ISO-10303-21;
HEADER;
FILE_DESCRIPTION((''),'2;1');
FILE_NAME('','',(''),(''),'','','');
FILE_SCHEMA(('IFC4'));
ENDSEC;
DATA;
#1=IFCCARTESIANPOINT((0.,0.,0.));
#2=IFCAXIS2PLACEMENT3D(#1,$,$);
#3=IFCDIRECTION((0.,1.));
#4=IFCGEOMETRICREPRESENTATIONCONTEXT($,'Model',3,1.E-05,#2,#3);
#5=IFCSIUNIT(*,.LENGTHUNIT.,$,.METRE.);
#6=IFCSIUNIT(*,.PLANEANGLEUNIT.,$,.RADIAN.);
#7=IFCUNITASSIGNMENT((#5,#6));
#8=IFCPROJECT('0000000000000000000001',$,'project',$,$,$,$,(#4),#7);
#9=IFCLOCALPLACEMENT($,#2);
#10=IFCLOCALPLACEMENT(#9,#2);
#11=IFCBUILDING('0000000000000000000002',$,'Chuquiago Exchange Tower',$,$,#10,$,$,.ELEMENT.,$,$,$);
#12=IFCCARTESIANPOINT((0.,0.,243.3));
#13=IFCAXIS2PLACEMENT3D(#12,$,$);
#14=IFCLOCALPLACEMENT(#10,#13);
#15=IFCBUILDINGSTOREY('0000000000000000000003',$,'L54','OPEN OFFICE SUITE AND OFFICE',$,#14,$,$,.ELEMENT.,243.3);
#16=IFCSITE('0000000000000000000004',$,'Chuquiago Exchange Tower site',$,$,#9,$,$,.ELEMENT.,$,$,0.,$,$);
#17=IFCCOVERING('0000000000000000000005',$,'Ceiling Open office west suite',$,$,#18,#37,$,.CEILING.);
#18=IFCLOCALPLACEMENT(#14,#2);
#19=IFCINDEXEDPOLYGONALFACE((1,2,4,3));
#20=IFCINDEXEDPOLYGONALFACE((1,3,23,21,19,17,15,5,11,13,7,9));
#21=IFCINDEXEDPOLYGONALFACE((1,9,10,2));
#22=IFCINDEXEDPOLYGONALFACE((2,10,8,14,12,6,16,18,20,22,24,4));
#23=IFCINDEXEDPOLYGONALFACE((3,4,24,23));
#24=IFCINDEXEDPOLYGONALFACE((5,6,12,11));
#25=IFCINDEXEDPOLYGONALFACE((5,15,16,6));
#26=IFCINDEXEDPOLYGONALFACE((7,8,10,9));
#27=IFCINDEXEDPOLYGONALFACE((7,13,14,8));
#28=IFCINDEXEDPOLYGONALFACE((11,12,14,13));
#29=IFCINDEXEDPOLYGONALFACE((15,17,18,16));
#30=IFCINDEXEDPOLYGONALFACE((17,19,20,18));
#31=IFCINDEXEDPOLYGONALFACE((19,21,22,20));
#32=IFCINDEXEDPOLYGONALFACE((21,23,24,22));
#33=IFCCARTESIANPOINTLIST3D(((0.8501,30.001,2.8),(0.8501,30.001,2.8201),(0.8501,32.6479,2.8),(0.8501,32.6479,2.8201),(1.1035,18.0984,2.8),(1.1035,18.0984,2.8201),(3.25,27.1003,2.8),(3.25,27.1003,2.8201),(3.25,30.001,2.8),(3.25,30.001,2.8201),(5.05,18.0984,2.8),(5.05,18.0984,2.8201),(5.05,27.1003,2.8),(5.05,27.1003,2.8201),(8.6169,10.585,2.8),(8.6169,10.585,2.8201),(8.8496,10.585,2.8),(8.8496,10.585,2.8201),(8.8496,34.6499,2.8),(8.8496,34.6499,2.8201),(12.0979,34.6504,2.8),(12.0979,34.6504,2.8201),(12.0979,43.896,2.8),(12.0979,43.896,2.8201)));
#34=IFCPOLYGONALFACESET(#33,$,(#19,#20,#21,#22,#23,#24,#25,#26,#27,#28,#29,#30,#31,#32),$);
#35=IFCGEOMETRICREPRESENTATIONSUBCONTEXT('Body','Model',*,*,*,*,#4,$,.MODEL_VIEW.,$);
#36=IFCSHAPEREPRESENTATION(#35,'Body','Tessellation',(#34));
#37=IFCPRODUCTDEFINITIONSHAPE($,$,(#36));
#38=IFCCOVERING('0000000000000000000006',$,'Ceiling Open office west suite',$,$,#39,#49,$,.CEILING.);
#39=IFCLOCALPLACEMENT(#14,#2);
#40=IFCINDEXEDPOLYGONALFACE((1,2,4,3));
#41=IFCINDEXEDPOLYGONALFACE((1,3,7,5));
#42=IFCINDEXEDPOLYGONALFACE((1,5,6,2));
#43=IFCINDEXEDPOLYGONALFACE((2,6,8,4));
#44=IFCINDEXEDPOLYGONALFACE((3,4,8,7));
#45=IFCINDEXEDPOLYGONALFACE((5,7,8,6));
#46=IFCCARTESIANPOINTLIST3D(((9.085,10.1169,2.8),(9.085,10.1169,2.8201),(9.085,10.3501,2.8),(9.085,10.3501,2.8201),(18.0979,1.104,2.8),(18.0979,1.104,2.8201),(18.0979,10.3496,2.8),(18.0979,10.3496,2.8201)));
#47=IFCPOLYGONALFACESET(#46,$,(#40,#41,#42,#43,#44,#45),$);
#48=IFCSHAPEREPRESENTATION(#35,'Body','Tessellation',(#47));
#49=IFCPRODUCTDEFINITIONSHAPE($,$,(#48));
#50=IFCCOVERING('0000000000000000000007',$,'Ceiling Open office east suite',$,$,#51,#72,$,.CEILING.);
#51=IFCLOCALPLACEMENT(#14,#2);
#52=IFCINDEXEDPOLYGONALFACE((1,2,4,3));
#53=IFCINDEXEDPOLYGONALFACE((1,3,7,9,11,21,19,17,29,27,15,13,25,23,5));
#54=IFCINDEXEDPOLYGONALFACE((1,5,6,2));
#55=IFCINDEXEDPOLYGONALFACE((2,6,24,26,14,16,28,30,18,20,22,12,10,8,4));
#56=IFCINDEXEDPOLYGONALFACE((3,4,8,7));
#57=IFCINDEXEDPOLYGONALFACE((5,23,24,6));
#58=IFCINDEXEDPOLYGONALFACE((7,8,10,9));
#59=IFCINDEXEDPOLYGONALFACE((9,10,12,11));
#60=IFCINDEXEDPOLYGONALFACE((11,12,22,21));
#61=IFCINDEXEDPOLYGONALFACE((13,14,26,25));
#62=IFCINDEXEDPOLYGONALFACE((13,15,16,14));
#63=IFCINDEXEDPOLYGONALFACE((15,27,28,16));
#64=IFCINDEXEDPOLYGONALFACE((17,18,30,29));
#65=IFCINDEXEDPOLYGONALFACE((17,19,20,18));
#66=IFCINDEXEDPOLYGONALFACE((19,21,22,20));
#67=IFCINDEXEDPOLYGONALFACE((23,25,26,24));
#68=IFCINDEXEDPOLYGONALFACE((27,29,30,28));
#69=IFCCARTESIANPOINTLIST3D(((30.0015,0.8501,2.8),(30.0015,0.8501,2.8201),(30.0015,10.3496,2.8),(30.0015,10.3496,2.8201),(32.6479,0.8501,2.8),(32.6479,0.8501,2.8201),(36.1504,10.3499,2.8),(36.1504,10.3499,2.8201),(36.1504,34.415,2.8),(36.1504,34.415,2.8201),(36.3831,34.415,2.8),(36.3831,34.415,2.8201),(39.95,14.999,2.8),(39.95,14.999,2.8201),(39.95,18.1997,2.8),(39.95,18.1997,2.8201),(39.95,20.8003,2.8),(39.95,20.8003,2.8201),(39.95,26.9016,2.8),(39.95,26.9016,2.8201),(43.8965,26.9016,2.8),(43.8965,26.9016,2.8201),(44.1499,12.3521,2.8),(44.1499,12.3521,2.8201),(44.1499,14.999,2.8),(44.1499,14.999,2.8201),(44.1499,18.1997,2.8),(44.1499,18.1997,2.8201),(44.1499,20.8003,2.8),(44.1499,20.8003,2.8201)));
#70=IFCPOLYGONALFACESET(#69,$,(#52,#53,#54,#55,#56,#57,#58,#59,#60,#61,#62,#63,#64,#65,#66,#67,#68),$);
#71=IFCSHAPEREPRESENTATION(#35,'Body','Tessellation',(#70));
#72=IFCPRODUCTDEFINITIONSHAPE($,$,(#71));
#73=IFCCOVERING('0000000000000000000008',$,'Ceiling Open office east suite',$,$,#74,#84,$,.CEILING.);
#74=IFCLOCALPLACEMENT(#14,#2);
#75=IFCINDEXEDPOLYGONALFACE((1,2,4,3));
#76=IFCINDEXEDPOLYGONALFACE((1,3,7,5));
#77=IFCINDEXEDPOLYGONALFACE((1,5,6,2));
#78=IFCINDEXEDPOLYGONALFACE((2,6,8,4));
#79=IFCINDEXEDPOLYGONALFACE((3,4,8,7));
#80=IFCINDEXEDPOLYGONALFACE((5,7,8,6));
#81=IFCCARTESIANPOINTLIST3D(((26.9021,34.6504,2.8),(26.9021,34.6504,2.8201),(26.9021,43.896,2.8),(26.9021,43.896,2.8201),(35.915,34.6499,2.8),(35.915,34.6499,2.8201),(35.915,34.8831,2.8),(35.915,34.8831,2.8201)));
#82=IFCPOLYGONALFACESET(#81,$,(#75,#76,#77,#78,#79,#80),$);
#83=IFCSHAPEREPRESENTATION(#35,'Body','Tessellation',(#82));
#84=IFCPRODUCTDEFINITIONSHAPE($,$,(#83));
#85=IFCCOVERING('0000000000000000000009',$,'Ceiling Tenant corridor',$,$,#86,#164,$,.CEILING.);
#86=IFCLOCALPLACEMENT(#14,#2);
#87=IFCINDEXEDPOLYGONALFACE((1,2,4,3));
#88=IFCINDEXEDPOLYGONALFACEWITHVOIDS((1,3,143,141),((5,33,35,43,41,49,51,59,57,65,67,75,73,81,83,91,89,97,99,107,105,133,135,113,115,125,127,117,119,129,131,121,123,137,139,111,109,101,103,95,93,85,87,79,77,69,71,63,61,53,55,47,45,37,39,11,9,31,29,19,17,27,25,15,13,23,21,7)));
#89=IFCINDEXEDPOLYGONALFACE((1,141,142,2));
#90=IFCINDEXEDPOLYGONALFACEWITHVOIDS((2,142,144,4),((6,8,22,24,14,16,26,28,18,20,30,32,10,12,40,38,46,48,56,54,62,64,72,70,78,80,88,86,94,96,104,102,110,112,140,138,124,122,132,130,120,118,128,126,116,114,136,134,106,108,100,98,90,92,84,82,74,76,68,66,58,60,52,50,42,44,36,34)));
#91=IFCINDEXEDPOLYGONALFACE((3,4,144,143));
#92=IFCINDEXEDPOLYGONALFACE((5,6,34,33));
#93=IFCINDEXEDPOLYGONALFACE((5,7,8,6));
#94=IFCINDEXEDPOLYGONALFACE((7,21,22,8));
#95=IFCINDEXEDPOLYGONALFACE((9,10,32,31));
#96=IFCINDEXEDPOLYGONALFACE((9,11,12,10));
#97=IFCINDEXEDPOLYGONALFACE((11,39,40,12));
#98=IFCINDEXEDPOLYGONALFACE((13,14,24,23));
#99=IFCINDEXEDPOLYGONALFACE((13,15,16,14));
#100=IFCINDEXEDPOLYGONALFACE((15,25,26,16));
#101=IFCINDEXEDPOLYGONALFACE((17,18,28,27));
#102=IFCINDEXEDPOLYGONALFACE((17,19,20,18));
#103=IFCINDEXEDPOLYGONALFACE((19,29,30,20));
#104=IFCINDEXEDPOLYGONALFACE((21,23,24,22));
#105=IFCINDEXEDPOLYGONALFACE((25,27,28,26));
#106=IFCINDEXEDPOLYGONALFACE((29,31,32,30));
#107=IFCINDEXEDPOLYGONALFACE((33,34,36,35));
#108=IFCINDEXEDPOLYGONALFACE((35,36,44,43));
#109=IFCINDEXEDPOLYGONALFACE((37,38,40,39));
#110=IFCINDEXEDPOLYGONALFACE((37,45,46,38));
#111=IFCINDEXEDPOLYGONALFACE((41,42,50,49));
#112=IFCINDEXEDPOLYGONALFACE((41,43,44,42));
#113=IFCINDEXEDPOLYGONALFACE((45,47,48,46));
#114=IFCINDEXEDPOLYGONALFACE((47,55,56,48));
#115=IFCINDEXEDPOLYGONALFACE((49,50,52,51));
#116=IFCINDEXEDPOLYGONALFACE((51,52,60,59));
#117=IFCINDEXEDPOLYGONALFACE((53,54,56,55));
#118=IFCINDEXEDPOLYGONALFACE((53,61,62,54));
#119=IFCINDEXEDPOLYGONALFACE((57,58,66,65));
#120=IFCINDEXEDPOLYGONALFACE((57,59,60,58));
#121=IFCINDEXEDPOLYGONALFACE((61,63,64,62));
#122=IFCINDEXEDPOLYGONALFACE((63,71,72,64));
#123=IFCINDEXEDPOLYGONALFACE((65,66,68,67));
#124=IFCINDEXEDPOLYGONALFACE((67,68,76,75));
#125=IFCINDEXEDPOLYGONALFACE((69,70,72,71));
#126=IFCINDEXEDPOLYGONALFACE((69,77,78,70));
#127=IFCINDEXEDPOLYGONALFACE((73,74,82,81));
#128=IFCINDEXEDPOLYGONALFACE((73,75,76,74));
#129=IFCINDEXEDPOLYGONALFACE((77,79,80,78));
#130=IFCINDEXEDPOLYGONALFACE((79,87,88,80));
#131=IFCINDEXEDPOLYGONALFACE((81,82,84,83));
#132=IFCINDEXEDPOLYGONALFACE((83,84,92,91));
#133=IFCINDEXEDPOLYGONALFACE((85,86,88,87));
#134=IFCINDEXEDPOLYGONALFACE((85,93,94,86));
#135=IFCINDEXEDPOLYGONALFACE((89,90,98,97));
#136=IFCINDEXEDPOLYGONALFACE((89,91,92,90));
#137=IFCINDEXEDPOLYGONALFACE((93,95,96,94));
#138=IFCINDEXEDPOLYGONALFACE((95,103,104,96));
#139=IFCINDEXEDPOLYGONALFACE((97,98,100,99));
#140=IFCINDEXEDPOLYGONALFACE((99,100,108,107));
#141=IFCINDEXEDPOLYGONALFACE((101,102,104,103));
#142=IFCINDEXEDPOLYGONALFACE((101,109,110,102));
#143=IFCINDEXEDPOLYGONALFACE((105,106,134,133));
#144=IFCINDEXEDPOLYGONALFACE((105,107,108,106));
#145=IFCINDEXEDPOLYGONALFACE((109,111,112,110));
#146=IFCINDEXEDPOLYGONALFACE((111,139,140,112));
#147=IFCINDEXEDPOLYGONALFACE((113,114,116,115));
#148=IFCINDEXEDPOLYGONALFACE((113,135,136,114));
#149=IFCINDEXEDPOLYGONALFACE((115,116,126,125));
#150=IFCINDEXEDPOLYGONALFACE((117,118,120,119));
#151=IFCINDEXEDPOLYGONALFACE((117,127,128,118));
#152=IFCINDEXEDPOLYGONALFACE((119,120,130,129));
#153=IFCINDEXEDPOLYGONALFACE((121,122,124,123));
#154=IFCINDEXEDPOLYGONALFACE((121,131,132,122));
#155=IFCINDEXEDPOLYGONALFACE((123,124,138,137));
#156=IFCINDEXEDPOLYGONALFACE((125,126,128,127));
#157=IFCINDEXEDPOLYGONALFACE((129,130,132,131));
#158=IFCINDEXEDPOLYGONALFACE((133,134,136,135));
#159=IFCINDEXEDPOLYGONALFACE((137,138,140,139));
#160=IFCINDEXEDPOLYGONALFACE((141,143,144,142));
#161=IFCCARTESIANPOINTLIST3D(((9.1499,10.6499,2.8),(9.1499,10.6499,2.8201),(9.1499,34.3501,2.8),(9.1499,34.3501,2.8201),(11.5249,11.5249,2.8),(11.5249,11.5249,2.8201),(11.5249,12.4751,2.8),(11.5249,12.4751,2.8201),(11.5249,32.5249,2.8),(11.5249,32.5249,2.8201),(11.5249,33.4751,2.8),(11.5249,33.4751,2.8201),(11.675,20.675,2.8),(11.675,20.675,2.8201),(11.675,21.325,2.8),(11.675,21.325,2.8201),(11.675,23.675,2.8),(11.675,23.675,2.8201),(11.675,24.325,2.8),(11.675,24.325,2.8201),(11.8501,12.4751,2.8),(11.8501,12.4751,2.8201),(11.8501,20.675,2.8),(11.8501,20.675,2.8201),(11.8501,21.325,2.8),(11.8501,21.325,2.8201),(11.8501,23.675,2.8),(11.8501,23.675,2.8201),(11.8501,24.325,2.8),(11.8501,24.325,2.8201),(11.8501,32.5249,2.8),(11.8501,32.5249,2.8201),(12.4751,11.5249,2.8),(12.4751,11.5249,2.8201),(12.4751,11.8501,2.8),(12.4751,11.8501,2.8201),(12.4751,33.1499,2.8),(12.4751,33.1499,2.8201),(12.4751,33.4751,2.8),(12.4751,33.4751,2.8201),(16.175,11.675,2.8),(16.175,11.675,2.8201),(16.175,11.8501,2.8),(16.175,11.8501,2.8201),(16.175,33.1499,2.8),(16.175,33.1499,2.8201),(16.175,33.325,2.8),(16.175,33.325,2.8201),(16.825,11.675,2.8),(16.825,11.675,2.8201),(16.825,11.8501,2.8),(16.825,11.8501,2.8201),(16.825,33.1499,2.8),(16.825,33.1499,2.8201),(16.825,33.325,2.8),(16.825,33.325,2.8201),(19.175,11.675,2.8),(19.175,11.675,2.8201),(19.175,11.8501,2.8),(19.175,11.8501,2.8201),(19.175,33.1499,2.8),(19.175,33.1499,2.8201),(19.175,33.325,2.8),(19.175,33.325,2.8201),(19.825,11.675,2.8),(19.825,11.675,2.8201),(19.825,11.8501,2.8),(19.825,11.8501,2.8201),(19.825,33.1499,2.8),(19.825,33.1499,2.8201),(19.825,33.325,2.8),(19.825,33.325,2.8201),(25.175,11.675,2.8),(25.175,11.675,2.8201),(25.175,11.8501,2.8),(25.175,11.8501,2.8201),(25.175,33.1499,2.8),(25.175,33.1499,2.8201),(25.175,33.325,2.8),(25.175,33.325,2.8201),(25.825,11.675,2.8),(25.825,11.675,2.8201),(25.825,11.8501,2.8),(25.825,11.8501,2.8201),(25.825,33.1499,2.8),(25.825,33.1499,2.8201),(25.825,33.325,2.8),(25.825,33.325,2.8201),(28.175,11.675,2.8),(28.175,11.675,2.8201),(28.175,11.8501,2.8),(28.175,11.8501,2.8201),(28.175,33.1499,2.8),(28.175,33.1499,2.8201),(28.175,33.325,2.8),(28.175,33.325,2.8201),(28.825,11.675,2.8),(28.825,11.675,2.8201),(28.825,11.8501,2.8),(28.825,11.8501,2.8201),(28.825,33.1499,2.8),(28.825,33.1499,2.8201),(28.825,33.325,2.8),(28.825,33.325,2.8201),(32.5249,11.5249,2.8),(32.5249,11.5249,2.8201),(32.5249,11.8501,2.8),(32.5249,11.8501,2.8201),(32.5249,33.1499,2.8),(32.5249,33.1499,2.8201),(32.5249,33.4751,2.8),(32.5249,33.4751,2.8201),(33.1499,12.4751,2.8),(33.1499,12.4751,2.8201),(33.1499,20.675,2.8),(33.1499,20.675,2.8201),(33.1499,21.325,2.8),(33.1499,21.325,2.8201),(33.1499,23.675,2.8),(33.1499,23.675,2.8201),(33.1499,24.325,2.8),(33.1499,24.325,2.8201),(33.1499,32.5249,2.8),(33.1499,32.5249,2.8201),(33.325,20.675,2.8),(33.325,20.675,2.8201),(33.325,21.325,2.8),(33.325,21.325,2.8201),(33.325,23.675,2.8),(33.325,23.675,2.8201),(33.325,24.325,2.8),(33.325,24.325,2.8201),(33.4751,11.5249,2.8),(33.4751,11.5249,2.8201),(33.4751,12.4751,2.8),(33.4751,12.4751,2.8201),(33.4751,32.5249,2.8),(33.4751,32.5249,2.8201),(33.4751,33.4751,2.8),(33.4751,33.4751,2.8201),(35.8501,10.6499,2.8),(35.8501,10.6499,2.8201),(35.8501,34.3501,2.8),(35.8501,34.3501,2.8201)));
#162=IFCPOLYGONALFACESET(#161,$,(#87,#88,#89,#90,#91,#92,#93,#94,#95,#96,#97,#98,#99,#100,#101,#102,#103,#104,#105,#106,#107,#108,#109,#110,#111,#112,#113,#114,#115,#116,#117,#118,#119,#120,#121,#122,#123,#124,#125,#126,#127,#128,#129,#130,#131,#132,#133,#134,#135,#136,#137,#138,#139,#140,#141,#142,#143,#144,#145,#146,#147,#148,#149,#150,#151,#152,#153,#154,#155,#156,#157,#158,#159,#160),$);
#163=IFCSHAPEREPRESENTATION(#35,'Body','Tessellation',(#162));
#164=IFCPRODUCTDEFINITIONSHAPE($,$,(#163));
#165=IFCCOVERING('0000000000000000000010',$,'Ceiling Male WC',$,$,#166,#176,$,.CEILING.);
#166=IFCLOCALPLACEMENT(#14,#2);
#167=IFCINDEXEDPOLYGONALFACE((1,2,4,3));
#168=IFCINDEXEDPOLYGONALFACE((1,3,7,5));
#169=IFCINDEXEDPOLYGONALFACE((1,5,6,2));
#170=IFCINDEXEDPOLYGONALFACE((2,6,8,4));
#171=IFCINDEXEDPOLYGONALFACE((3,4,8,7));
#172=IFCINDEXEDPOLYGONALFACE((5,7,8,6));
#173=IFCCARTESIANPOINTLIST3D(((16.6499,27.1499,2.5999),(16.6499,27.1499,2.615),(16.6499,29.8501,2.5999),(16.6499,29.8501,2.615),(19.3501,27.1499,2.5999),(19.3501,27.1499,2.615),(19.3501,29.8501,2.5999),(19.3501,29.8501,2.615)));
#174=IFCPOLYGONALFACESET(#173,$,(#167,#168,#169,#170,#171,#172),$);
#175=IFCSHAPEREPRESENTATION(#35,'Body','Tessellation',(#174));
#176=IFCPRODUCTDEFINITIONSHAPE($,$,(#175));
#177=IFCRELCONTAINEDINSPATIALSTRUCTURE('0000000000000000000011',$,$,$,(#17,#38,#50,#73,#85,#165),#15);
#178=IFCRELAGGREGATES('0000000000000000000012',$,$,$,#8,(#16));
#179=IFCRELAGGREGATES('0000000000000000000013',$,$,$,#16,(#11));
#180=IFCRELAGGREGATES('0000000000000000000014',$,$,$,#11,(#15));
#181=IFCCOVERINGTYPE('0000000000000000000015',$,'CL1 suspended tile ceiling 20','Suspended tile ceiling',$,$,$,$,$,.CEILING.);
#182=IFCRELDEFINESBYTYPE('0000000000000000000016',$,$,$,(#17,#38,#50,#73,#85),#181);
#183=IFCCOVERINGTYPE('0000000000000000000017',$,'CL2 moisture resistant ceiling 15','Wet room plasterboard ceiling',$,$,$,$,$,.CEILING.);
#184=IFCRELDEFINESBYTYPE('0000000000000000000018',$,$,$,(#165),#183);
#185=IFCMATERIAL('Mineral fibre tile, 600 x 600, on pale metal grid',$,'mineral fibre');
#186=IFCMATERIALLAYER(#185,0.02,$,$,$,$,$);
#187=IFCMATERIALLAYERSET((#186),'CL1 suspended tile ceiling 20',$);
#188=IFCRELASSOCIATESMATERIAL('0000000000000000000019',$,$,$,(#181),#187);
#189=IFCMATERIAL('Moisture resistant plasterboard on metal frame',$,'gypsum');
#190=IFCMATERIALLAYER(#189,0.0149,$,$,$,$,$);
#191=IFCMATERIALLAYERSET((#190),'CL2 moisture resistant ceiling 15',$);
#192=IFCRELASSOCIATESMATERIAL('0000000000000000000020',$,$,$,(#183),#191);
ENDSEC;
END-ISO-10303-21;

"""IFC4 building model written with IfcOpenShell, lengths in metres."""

from ifc_helpers import new_model, si_unit, direction, frame, origin, place, context, subcontext, project, spatial, polyline, outline, extrude, material, layer, layer_set, type_object, element, save


model = new_model("IFC4")

# Units and contexts
model_context = context("Model", 3, precision=1e-05, world=origin(), true_north=direction((0.0, 1.0)))
body_context = subcontext(model_context, "Body", "Model", "MODEL_VIEW")
ifc_project = project(units=[si_unit("LENGTHUNIT", "METRE"), si_unit("PLANEANGLEUNIT", "RADIAN")], contexts=[model_context])

# Site, building, storey
site_placement = place(None, origin())
site = spatial("IfcSite", under=ifc_project, at=site_placement, Name="Chuquiago Exchange Tower site", CompositionType="ELEMENT", RefElevation=0.0)
building_placement = place(site_placement, origin())
building = spatial("IfcBuilding", under=site, at=building_placement, Name="Chuquiago Exchange Tower", CompositionType="ELEMENT")
storey_placement = place(building_placement, frame((0.0, 0.0, 243.3)))
storey = spatial("IfcBuildingStorey", under=building, at=storey_placement, Name="L54", Description="OPEN OFFICE SUITE AND OFFICE", CompositionType="ELEMENT", Elevation=243.3)

# Coverings
ifc_material_1 = material(Name="Mineral fibre tile, 600 x 600, on pale metal grid", Category="mineral fibre")
ifc_layer_1 = layer(ifc_material_1, 0.02)
ifc_layer_set_1 = layer_set([ifc_layer_1], Name="CL1 suspended tile ceiling 20")
covering_type_1 = type_object("IfcCoveringType", Name="CL1 suspended tile ceiling 20", Description="Suspended tile ceiling", PredefinedType="CEILING", material=ifc_layer_set_1)
covering_1_placement = place(storey_placement, frame((0.0, 0.0, 2.8)))
element("IfcCovering", 1, at=covering_1_placement, inside=storey, type_object=covering_type_1, Name="Ceiling Open office west suite", PredefinedType="CEILING", context=body_context, shape_type="SweptSolid", body=[
    extrude(outline(polyline([(5.05, 18.0984), (5.05, 27.1003), (3.25, 27.1003), (3.25, 30.001), (0.8501, 30.001), (0.8501, 32.6479), (12.0979, 43.896), (12.0979, 34.6504), (8.8496, 34.6499), (8.8496, 10.585), (8.6169, 10.585), (1.1035, 18.0984), (5.05, 18.0984)])), origin(), (0.0, 0.0, 1.0), 0.02),
])
covering_2_placement = place(storey_placement, frame((0.0, 0.0, 2.8)))
element("IfcCovering", 2, at=covering_2_placement, inside=storey, type_object=covering_type_1, Name="Ceiling Open office west suite", PredefinedType="CEILING", context=body_context, shape_type="SweptSolid", body=[
    extrude(outline(polyline([(18.0979, 10.3496), (18.0979, 1.104), (9.085, 10.1169), (9.085, 10.3501), (18.0979, 10.3496)])), origin(), (0.0, 0.0, 1.0), 0.02),
])
covering_3_placement = place(storey_placement, frame((0.0, 0.0, 2.8)))
element("IfcCovering", 3, at=covering_3_placement, inside=storey, type_object=covering_type_1, Name="Ceiling Open office east suite", PredefinedType="CEILING", context=body_context, shape_type="SweptSolid", body=[
    extrude(outline(polyline([(43.8965, 26.9016), (39.95, 26.9016), (39.95, 20.8003), (44.1499, 20.8003), (44.1499, 18.1997), (39.95, 18.1997), (39.95, 14.999), (44.1499, 14.999), (44.1499, 12.3521), (32.6479, 0.8501), (30.0015, 0.8501), (30.0015, 10.3496), (36.1504, 10.3499), (36.1504, 34.415), (36.3831, 34.415), (43.8965, 26.9016)])), origin(), (0.0, 0.0, 1.0), 0.02),
])
covering_4_placement = place(storey_placement, frame((0.0, 0.0, 2.8)))
element("IfcCovering", 4, at=covering_4_placement, inside=storey, type_object=covering_type_1, Name="Ceiling Open office east suite", PredefinedType="CEILING", context=body_context, shape_type="SweptSolid", body=[
    extrude(outline(polyline([(26.9021, 34.6504), (26.9021, 43.896), (35.915, 34.8831), (35.915, 34.6499), (26.9021, 34.6504)])), origin(), (0.0, 0.0, 1.0), 0.02),
])
covering_5_placement = place(storey_placement, frame((0.0, 0.0, 2.8)))
element("IfcCovering", 5, at=covering_5_placement, inside=storey, type_object=covering_type_1, Name="Ceiling Tenant corridor", PredefinedType="CEILING", context=body_context, shape_type="SweptSolid", body=[
    extrude(outline(polyline([(9.1499, 34.3501), (35.8501, 34.3501), (35.8501, 10.6499), (9.1499, 10.6499), (9.1499, 34.3501)]), holes=[polyline([(11.8501, 24.325), (11.675, 24.325), (11.675, 23.675), (11.8501, 23.675), (11.8501, 21.325), (11.675, 21.325), (11.675, 20.675), (11.8501, 20.675), (11.8501, 12.4751), (11.5249, 12.4751), (11.5249, 11.5249), (12.4751, 11.5249), (12.4751, 11.8501), (16.175, 11.8501), (16.175, 11.675), (16.825, 11.675), (16.825, 11.8501), (19.175, 11.8501), (19.175, 11.675), (19.825, 11.675), (19.825, 11.8501), (25.175, 11.8501), (25.175, 11.675), (25.825, 11.675), (25.825, 11.8501), (28.175, 11.8501), (28.175, 11.675), (28.825, 11.675), (28.825, 11.8501), (32.5249, 11.8501), (32.5249, 11.5249), (33.4751, 11.5249), (33.4751, 12.4751), (33.1499, 12.4751), (33.1499, 20.675), (33.325, 20.675), (33.325, 21.325), (33.1499, 21.325), (33.1499, 23.675), (33.325, 23.675), (33.325, 24.325), (33.1499, 24.325), (33.1499, 32.5249), (33.4751, 32.5249), (33.4751, 33.4751), (32.5249, 33.4751), (32.5249, 33.1499), (28.825, 33.1499), (28.825, 33.325), (28.175, 33.325), (28.175, 33.1499), (25.825, 33.1499), (25.825, 33.325), (25.175, 33.325), (25.175, 33.1499), (19.825, 33.1499), (19.825, 33.325), (19.175, 33.325), (19.175, 33.1499), (16.825, 33.1499), (16.825, 33.325), (16.175, 33.325), (16.175, 33.1499), (12.4751, 33.1499), (12.4751, 33.4751), (11.5249, 33.4751), (11.5249, 32.5249), (11.8501, 32.5249), (11.8501, 24.325)])]), origin(), (0.0, 0.0, 1.0), 0.02),
])
ifc_material_2 = material(Name="Moisture resistant plasterboard on metal frame", Category="gypsum")
ifc_layer_2 = layer(ifc_material_2, 0.0149)
ifc_layer_set_2 = layer_set([ifc_layer_2], Name="CL2 moisture resistant ceiling 15")
covering_type_2 = type_object("IfcCoveringType", Name="CL2 moisture resistant ceiling 15", Description="Wet room plasterboard ceiling", PredefinedType="CEILING", material=ifc_layer_set_2)
covering_6_placement = place(storey_placement, frame((0.0, 0.0, 2.5999)))
element("IfcCovering", 6, at=covering_6_placement, inside=storey, type_object=covering_type_2, Name="Ceiling Male WC", PredefinedType="CEILING", context=body_context, shape_type="SweptSolid", body=[
    extrude(outline(polyline([(16.6499, 27.1499), (16.6499, 29.8501), (19.3501, 29.8501), (19.3501, 27.1499), (16.6499, 27.1499)])), origin(), (0.0, 0.0, 1.0), 0.0151),
])

save(model, "model.ifc")
